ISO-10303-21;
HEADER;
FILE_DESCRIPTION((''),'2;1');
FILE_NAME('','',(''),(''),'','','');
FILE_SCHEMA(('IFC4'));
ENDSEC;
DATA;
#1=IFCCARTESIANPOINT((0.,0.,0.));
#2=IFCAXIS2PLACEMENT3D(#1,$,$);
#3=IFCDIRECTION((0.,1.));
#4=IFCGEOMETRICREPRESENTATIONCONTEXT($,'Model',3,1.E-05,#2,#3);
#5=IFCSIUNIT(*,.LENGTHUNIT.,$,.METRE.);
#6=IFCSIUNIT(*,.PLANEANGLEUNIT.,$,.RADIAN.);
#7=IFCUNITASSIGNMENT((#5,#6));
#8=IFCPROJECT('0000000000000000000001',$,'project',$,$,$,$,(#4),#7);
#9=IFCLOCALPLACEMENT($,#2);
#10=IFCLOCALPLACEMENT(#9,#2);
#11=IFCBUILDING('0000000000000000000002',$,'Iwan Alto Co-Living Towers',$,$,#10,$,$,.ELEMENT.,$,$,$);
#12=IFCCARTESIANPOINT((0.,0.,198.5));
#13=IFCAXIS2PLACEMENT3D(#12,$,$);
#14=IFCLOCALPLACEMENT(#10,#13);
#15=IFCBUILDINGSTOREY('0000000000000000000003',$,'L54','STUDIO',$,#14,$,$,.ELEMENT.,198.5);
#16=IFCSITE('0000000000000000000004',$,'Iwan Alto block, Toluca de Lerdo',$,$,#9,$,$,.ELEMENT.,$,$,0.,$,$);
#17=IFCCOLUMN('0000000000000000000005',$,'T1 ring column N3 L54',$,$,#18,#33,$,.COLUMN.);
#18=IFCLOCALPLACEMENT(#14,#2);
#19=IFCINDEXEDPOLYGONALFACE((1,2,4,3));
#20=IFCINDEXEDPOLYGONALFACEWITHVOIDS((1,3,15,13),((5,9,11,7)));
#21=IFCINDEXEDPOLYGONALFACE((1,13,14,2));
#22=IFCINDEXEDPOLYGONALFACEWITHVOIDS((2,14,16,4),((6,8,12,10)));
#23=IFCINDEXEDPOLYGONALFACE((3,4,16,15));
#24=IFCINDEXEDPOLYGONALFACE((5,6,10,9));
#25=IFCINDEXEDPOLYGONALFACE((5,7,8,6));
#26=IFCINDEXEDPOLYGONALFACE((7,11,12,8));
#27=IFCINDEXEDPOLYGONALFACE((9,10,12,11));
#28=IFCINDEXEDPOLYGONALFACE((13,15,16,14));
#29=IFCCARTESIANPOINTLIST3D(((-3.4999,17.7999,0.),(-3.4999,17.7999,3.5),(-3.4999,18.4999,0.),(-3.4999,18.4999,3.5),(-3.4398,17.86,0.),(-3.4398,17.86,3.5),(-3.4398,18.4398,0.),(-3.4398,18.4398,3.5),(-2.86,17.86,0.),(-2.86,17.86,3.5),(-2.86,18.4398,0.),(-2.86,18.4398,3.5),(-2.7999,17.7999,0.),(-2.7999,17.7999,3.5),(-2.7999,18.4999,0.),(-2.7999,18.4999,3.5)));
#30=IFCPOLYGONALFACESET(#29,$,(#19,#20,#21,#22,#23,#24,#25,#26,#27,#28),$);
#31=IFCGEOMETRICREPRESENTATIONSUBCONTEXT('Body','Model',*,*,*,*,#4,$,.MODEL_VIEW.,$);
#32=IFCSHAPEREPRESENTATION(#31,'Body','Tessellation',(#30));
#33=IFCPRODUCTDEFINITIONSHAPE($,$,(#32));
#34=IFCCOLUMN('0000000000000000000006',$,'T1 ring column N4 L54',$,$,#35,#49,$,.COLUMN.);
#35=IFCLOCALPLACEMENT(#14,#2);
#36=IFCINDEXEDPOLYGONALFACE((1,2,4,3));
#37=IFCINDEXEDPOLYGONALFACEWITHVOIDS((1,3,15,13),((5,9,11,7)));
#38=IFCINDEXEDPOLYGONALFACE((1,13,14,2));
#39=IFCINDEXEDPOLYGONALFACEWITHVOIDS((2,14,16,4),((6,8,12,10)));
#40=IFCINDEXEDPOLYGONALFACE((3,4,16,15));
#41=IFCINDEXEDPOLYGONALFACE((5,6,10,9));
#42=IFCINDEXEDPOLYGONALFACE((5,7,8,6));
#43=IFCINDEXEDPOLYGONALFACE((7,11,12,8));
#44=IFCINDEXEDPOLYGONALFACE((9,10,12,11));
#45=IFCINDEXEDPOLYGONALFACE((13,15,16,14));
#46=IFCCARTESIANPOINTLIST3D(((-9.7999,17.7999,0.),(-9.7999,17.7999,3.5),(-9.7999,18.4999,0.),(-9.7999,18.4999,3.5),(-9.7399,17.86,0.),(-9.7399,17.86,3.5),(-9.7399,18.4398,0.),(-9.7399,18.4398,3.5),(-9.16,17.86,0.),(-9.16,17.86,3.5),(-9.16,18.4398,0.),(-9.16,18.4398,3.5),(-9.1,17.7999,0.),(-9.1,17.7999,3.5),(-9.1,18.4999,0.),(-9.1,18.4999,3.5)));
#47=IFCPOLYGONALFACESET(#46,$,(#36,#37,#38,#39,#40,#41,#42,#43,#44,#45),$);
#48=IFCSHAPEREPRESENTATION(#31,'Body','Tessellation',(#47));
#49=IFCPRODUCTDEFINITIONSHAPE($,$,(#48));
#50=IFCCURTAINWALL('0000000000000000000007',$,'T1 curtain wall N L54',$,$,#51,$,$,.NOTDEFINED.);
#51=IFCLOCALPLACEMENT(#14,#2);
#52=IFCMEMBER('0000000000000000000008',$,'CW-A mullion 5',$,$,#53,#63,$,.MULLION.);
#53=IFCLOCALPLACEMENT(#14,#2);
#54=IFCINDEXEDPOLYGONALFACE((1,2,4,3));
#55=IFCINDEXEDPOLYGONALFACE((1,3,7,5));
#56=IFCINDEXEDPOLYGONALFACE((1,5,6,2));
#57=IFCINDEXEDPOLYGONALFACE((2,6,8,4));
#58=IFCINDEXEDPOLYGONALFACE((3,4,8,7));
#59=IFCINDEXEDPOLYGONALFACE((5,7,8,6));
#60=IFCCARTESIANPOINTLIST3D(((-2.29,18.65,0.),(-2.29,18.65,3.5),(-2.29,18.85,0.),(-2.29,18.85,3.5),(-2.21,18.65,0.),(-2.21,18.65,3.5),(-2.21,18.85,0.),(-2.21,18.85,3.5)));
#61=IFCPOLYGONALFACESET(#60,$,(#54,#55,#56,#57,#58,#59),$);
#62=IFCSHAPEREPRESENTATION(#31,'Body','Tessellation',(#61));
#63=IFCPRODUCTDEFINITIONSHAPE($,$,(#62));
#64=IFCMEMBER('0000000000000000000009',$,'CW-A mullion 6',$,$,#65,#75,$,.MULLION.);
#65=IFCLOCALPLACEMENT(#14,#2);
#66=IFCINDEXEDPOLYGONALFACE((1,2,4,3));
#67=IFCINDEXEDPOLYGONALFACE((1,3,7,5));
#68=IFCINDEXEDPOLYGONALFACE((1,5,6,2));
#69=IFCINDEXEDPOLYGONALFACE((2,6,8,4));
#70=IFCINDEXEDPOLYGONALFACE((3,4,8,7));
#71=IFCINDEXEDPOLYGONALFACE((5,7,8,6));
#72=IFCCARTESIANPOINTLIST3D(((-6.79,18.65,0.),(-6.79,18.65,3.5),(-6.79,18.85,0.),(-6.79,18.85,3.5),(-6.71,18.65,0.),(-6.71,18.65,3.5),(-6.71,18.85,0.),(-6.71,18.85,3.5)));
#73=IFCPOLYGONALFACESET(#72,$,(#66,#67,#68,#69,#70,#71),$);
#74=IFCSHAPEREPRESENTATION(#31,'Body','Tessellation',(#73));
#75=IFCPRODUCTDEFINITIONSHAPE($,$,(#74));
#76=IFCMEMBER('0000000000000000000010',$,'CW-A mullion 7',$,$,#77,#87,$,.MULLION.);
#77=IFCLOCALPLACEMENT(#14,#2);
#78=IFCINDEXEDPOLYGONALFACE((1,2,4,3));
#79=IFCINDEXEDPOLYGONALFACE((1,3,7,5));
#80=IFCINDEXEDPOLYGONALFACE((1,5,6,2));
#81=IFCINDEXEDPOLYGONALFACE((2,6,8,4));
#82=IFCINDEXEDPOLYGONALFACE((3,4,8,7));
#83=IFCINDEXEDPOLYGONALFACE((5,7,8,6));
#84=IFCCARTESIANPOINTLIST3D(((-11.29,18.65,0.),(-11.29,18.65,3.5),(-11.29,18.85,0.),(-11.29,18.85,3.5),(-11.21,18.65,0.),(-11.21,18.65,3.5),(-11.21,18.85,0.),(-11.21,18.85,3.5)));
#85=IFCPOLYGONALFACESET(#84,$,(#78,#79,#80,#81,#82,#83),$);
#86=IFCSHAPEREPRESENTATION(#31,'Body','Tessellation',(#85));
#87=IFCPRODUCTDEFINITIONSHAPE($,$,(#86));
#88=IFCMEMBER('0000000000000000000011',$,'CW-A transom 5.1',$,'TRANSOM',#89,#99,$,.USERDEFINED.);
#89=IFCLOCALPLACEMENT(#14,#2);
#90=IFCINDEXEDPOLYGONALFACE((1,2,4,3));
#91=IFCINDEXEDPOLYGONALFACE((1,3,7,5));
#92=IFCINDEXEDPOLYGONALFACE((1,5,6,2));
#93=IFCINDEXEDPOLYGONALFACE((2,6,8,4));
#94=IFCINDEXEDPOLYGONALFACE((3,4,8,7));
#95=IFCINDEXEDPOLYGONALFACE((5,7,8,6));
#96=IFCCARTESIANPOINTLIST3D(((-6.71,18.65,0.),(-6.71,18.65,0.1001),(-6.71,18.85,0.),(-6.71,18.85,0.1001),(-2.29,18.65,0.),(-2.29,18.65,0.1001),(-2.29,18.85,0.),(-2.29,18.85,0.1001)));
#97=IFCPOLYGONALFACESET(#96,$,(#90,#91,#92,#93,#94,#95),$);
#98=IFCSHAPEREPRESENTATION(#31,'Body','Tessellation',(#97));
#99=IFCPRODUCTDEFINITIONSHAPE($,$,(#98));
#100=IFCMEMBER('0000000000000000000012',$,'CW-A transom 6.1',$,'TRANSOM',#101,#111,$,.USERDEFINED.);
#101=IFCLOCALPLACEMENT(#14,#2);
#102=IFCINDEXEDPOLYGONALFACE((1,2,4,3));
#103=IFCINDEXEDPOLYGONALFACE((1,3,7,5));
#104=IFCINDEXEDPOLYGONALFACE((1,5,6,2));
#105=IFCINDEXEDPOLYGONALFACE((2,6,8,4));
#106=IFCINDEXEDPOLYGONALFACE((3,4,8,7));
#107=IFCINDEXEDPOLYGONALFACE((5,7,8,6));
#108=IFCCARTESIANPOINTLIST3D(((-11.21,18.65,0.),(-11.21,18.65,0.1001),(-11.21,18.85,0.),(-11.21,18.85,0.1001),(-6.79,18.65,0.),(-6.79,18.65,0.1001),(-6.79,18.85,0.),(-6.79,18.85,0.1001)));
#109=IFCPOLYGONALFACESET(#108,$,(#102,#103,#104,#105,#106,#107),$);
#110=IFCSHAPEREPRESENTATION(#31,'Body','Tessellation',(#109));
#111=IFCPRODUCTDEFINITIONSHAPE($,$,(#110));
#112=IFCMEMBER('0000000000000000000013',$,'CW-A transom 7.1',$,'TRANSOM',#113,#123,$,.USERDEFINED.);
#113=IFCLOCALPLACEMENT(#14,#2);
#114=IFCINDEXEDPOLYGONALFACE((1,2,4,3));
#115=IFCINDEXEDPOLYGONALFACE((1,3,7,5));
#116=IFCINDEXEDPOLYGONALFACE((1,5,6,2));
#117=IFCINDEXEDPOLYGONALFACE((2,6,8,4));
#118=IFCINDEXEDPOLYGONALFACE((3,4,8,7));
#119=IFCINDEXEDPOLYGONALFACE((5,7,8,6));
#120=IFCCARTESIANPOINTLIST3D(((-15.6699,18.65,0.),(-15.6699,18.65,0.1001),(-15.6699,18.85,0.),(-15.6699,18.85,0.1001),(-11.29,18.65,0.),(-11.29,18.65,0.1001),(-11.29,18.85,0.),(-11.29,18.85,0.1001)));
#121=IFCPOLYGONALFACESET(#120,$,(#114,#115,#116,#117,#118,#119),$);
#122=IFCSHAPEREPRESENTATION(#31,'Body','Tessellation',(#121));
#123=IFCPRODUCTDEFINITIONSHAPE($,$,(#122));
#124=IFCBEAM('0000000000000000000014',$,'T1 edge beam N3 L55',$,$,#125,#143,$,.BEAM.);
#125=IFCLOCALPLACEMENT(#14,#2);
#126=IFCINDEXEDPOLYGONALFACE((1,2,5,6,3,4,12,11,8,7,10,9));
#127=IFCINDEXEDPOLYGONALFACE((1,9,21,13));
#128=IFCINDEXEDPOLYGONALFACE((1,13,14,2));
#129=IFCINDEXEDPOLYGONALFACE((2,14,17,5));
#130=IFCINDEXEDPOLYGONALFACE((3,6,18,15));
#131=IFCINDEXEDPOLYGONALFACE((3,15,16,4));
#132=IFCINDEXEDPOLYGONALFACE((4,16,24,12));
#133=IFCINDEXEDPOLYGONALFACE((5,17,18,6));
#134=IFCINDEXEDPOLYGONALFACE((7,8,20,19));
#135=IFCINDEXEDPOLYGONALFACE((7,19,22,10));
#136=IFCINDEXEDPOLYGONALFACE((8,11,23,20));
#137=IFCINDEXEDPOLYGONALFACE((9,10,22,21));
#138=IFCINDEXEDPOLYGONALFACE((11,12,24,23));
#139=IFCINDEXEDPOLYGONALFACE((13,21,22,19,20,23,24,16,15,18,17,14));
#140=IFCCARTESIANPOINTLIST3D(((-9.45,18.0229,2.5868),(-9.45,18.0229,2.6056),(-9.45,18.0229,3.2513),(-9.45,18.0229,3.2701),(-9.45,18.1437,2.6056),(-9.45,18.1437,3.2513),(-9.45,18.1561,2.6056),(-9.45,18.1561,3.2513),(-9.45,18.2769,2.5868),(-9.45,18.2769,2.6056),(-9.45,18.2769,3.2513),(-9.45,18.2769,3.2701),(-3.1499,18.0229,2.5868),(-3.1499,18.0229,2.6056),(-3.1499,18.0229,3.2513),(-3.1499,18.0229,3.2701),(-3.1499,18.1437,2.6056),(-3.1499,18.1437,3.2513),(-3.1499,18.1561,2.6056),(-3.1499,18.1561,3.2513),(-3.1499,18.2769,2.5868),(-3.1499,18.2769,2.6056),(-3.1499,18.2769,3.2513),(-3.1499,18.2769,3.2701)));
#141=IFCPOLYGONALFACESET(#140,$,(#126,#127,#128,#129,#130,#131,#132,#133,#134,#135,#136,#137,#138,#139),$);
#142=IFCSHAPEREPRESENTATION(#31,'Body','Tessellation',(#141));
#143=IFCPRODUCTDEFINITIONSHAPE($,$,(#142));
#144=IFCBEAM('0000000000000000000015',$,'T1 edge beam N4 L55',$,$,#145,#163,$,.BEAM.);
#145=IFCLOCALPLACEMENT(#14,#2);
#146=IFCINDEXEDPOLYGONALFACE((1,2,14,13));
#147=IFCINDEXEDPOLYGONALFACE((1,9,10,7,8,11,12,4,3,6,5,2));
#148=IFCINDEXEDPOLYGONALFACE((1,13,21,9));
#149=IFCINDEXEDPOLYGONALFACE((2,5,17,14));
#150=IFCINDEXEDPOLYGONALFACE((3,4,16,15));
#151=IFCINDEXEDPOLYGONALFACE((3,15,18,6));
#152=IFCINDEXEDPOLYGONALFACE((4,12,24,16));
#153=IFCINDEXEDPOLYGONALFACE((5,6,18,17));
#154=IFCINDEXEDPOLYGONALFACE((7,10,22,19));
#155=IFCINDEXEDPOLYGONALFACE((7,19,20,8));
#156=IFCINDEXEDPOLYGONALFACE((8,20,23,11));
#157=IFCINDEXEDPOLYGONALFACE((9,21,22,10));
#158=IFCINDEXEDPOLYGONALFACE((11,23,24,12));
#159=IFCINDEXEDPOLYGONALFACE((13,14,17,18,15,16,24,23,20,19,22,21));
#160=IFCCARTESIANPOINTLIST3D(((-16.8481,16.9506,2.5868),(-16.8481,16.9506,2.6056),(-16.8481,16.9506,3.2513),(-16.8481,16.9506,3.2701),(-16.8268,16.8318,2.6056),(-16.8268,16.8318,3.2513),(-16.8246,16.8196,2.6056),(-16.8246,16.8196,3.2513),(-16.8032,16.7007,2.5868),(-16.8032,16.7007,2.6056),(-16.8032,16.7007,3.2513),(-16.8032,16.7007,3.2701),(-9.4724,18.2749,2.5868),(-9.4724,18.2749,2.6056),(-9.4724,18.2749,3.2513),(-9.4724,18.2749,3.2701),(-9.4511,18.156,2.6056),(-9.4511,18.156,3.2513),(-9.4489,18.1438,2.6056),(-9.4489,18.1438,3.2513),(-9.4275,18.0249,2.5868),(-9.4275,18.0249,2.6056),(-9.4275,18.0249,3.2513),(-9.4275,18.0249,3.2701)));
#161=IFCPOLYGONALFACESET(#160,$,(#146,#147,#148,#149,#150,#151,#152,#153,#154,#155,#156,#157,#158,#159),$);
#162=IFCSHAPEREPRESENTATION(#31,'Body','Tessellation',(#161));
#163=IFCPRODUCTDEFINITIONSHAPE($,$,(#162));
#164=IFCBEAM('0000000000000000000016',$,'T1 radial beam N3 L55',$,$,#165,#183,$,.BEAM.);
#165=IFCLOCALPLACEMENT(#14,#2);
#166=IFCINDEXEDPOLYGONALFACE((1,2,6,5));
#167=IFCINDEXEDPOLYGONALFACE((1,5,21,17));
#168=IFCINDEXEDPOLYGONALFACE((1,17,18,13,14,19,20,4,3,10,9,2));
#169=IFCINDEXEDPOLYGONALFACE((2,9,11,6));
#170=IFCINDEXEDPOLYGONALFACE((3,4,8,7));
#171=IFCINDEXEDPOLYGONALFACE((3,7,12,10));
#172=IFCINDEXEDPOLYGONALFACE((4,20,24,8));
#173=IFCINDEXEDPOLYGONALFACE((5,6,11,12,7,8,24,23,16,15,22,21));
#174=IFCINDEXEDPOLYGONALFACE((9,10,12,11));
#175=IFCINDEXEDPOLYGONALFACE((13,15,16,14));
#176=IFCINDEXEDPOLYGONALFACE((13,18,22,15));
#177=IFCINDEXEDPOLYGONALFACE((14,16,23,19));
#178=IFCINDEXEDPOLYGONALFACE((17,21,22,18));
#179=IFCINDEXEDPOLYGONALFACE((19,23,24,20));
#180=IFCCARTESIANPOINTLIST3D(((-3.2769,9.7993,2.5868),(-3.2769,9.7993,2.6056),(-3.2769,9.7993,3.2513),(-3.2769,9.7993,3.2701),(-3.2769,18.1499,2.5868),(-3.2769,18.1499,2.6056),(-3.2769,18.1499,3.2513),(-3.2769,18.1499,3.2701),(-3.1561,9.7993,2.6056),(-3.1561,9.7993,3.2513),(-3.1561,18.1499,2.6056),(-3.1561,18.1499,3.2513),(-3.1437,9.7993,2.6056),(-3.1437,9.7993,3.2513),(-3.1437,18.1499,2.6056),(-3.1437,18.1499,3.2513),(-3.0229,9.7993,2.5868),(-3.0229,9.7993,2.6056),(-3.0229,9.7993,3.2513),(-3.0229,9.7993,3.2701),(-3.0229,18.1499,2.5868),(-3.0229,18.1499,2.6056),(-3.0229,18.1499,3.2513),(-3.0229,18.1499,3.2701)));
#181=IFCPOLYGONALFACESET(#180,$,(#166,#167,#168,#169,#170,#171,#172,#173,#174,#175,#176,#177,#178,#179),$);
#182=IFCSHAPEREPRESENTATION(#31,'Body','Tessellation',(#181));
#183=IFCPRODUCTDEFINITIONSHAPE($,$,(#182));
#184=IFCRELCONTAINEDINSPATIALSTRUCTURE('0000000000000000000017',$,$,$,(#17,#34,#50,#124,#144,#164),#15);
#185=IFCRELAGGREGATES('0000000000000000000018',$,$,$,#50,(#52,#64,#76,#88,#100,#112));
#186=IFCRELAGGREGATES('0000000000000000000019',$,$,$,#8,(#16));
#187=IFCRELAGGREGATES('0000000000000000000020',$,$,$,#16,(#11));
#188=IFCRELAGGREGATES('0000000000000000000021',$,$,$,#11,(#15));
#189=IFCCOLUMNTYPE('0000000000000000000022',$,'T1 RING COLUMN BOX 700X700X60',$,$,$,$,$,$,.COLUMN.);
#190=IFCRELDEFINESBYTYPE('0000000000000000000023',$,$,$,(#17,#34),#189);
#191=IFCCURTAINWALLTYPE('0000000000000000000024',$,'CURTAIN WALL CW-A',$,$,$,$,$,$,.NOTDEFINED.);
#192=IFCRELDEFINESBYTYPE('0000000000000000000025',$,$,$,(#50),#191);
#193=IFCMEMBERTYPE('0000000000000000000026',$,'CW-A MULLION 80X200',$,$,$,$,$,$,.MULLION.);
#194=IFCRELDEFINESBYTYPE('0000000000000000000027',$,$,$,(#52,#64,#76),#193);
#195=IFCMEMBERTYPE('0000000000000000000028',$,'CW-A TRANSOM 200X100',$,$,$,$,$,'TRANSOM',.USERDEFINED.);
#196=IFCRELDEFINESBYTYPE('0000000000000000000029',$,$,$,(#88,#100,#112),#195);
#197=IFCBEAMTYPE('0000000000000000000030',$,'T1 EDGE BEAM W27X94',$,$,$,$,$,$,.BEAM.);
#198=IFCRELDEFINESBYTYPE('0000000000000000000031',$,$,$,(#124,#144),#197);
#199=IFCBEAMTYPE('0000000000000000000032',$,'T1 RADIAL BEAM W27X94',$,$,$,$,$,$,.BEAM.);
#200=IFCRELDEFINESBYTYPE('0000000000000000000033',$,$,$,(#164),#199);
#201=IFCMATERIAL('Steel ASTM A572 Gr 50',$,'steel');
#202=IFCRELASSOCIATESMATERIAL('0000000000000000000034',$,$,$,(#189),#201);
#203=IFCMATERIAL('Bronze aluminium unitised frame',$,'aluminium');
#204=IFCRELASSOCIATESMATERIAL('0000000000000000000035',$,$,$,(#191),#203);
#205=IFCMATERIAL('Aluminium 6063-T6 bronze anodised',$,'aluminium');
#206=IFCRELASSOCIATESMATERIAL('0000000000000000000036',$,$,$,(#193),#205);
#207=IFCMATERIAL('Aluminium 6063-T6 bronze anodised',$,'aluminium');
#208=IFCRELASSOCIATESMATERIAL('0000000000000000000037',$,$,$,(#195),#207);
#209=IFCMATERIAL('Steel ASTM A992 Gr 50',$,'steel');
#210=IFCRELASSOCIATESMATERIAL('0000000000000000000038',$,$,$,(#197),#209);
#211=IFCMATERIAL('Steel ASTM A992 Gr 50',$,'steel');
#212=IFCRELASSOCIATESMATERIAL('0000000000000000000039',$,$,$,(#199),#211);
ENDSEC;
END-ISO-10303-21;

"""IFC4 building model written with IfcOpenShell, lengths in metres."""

from ifc_helpers import new_model, si_unit, direction, frame, origin, origin_2d, place, context, subcontext, project, spatial, rectangle, hollow_rectangle, i_section, extrude, material, material_profile, profile_set, type_object, element, aggregate, save


model = new_model("IFC4")

# Units and contexts
model_context = context("Model", 3, precision=1e-05, world=origin(), true_north=direction((0.0, 1.0)))
body_context = subcontext(model_context, "Body", "Model", "MODEL_VIEW")
ifc_project = project(units=[si_unit("LENGTHUNIT", "METRE"), si_unit("PLANEANGLEUNIT", "RADIAN")], contexts=[model_context])

# Site, building, storey
site_placement = place(None, origin())
site = spatial("IfcSite", under=ifc_project, at=site_placement, Name="Iwan Alto block, Toluca de Lerdo", CompositionType="ELEMENT", RefElevation=0.0)
building_placement = place(site_placement, origin())
building = spatial("IfcBuilding", under=site, at=building_placement, Name="Iwan Alto Co-Living Towers", CompositionType="ELEMENT")
storey_placement = place(building_placement, frame((0.0, 0.0, 198.5)))
storey = spatial("IfcBuildingStorey", under=building, at=storey_placement, Name="L54", Description="STUDIO", CompositionType="ELEMENT", Elevation=198.5)

# Columns
ifc_material_1 = material(Name="Steel ASTM A572 Gr 50", Category="steel")
ifc_material_profile_1 = material_profile(ifc_material_1, hollow_rectangle(XDim=0.7, YDim=0.7, WallThickness=0.0601, at=origin_2d()), Name="BOX 700X700X60")
ifc_profile_set_1 = profile_set([ifc_material_profile_1], Name="Steel ASTM A572 Gr 50")
column_type = type_object("IfcColumnType", Name="T1 RING COLUMN BOX 700X700X60", PredefinedType="COLUMN", material=ifc_profile_set_1)
for number, where, z_axis, x_axis, name in (
    (1, (-3.1499, 18.1499, 0.0), (0.0, 0.0, 1.0), (1.0, 0.0, 0.0), "T1 ring column N3 L54"),
    (2, (-9.45, 18.1499, 0.0), (0.0, 0.0, 1.0), (1.0, 0.0, 0.0), "T1 ring column N4 L54"),
):
    element("IfcColumn", number, at=place(storey_placement, frame(where, z_axis=z_axis, x_axis=x_axis)), inside=storey, type_object=column_type, Name=name, PredefinedType="COLUMN", context=body_context, shape_type="SweptSolid", body=[
        extrude(hollow_rectangle(XDim=0.7, YDim=0.7, WallThickness=0.0601, at=origin_2d()), origin(), (0.0, 0.0, 1.0), 3.5),
    ])

# Curtain wall, members
ifc_material_2 = material(Name="Bronze aluminium unitised frame", Category="aluminium")
curtain_wall_type = type_object("IfcCurtainWallType", Name="CURTAIN WALL CW-A", PredefinedType="NOTDEFINED", material=ifc_material_2)
curtain_wall_placement = place(storey_placement, origin())
curtain_wall = element("IfcCurtainWall", 3, at=curtain_wall_placement, inside=storey, type_object=curtain_wall_type, Name="T1 curtain wall N L54", PredefinedType="NOTDEFINED")
ifc_material_3 = material(Name="Aluminium 6063-T6 bronze anodised", Category="aluminium")
ifc_material_profile_2 = material_profile(ifc_material_3, rectangle(XDim=0.2, YDim=0.0801, at=origin_2d()), Name="AL 80X200")
ifc_profile_set_2 = profile_set([ifc_material_profile_2], Name="Aluminium 6063-T6 bronze anodised")
member_type_1 = type_object("IfcMemberType", Name="CW-A MULLION 80X200", PredefinedType="MULLION", material=ifc_profile_set_2)
member_1_placement = place(storey_placement, frame((-2.25, 18.75, 0.0), z_axis=(0.0, 0.0, 1.0), x_axis=(0.0, -1.0, 0.0)))
member_1 = element("IfcMember", 4, at=member_1_placement, type_object=member_type_1, Name="CW-A mullion 5", PredefinedType="MULLION", context=body_context, shape_type="SweptSolid", body=[
    extrude(rectangle(XDim=0.2, YDim=0.0801, at=origin_2d()), origin(), (0.0, 0.0, 1.0), 3.5),
])
member_2_placement = place(storey_placement, frame((-6.75, 18.75, 0.0), z_axis=(0.0, 0.0, 1.0), x_axis=(0.0, -1.0, 0.0)))
member_2 = element("IfcMember", 5, at=member_2_placement, type_object=member_type_1, Name="CW-A mullion 6", PredefinedType="MULLION", context=body_context, shape_type="SweptSolid", body=[
    extrude(rectangle(XDim=0.2, YDim=0.0801, at=origin_2d()), origin(), (0.0, 0.0, 1.0), 3.5),
])
member_3_placement = place(storey_placement, frame((-11.25, 18.75, 0.0), z_axis=(0.0, 0.0, 1.0), x_axis=(0.0, -1.0, 0.0)))
member_3 = element("IfcMember", 6, at=member_3_placement, type_object=member_type_1, Name="CW-A mullion 7", PredefinedType="MULLION", context=body_context, shape_type="SweptSolid", body=[
    extrude(rectangle(XDim=0.2, YDim=0.0801, at=origin_2d()), origin(), (0.0, 0.0, 1.0), 3.5),
])
ifc_material_4 = material(Name="Aluminium 6063-T6 bronze anodised", Category="aluminium")
ifc_material_profile_3 = material_profile(ifc_material_4, rectangle(XDim=0.2, YDim=0.1001, at=origin_2d()), Name="AL 200X100")
ifc_profile_set_3 = profile_set([ifc_material_profile_3], Name="Aluminium 6063-T6 bronze anodised")
member_type_2 = type_object("IfcMemberType", Name="CW-A TRANSOM 200X100", ElementType="TRANSOM", PredefinedType="USERDEFINED", material=ifc_profile_set_3)
member_4_placement = place(storey_placement, frame((-2.29, 18.75, 0.05), z_axis=(-1.0, 0.0, 0.0), x_axis=(0.0, -1.0, 0.0)))
member_4 = element("IfcMember", 7, at=member_4_placement, type_object=member_type_2, Name="CW-A transom 5.1", ObjectType="TRANSOM", PredefinedType="USERDEFINED", context=body_context, shape_type="SweptSolid", body=[
    extrude(rectangle(XDim=0.2, YDim=0.1001, at=origin_2d()), origin(), (0.0, 0.0, 1.0), 4.4199),
])
member_5_placement = place(storey_placement, frame((-6.79, 18.75, 0.05), z_axis=(-1.0, 0.0, 0.0), x_axis=(0.0, -1.0, 0.0)))
member_5 = element("IfcMember", 8, at=member_5_placement, type_object=member_type_2, Name="CW-A transom 6.1", ObjectType="TRANSOM", PredefinedType="USERDEFINED", context=body_context, shape_type="SweptSolid", body=[
    extrude(rectangle(XDim=0.2, YDim=0.1001, at=origin_2d()), origin(), (0.0, 0.0, 1.0), 4.4199),
])
member_6_placement = place(storey_placement, frame((-11.29, 18.75, 0.05), z_axis=(-1.0, 0.0, 0.0), x_axis=(0.0, -1.0, 0.0)))
member_6 = element("IfcMember", 9, at=member_6_placement, type_object=member_type_2, Name="CW-A transom 7.1", ObjectType="TRANSOM", PredefinedType="USERDEFINED", context=body_context, shape_type="SweptSolid", body=[
    extrude(rectangle(XDim=0.2, YDim=0.1001, at=origin_2d()), origin(), (0.0, 0.0, 1.0), 4.3799),
])

# Beams
ifc_material_5 = material(Name="Steel ASTM A992 Gr 50", Category="steel")
ifc_material_profile_4 = material_profile(ifc_material_5, i_section(OverallWidth=0.2539, OverallDepth=0.6833, WebThickness=0.0125, FlangeThickness=0.0188, at=origin_2d()), Name="W27X94")
ifc_profile_set_4 = profile_set([ifc_material_profile_4], Name="Steel ASTM A992 Gr 50")
beam_type_1 = type_object("IfcBeamType", Name="T1 EDGE BEAM W27X94", PredefinedType="BEAM", material=ifc_profile_set_4)
beam_1_placement = place(storey_placement, frame((-3.1499, 18.1499, 2.9285), z_axis=(-1.0, 0.0, 0.0), x_axis=(0.0, -1.0, 0.0)))
element("IfcBeam", 10, at=beam_1_placement, inside=storey, type_object=beam_type_1, Name="T1 edge beam N3 L55", PredefinedType="BEAM", context=body_context, shape_type="SweptSolid", body=[
    extrude(i_section(OverallWidth=0.2539, OverallDepth=0.6833, WebThickness=0.0125, FlangeThickness=0.0188, at=origin_2d()), origin(), (0.0, 0.0, 1.0), 6.3),
])
beam_2_placement = place(storey_placement, frame((-9.45, 18.1499, 2.9285), z_axis=(-0.984263, -0.176712, 0.0), x_axis=(0.176712, -0.984263, 0.0)))
element("IfcBeam", 11, at=beam_2_placement, inside=storey, type_object=beam_type_1, Name="T1 edge beam N4 L55", PredefinedType="BEAM", context=body_context, shape_type="SweptSolid", body=[
    extrude(i_section(OverallWidth=0.2539, OverallDepth=0.6833, WebThickness=0.0125, FlangeThickness=0.0188, at=origin_2d()), origin(), (0.0, 0.0, 1.0), 7.4937),
])
ifc_material_6 = material(Name="Steel ASTM A992 Gr 50", Category="steel")
ifc_material_profile_5 = material_profile(ifc_material_6, i_section(OverallWidth=0.2539, OverallDepth=0.6833, WebThickness=0.0125, FlangeThickness=0.0188, at=origin_2d()), Name="W27X94")
ifc_profile_set_5 = profile_set([ifc_material_profile_5], Name="Steel ASTM A992 Gr 50")
beam_type_2 = type_object("IfcBeamType", Name="T1 RADIAL BEAM W27X94", PredefinedType="BEAM", material=ifc_profile_set_5)
for number, where, z_axis, x_axis, name in (
    (12, (-3.1499, 18.1499, 2.9285), (0.0, -1.0, 0.0), (1.0, 0.0, 0.0), "T1 radial beam N3 L55"),
):
    element("IfcBeam", number, at=place(storey_placement, frame(where, z_axis=z_axis, x_axis=x_axis)), inside=storey, type_object=beam_type_2, Name=name, PredefinedType="BEAM", context=body_context, shape_type="SweptSolid", body=[
        extrude(i_section(OverallWidth=0.2539, OverallDepth=0.6833, WebThickness=0.0125, FlangeThickness=0.0188, at=origin_2d()), origin(), (0.0, 0.0, 1.0), 8.3506),
    ])

aggregate(curtain_wall, [member_1, member_2, member_3, member_4, member_5, member_6])

save(model, "model.ifc")
